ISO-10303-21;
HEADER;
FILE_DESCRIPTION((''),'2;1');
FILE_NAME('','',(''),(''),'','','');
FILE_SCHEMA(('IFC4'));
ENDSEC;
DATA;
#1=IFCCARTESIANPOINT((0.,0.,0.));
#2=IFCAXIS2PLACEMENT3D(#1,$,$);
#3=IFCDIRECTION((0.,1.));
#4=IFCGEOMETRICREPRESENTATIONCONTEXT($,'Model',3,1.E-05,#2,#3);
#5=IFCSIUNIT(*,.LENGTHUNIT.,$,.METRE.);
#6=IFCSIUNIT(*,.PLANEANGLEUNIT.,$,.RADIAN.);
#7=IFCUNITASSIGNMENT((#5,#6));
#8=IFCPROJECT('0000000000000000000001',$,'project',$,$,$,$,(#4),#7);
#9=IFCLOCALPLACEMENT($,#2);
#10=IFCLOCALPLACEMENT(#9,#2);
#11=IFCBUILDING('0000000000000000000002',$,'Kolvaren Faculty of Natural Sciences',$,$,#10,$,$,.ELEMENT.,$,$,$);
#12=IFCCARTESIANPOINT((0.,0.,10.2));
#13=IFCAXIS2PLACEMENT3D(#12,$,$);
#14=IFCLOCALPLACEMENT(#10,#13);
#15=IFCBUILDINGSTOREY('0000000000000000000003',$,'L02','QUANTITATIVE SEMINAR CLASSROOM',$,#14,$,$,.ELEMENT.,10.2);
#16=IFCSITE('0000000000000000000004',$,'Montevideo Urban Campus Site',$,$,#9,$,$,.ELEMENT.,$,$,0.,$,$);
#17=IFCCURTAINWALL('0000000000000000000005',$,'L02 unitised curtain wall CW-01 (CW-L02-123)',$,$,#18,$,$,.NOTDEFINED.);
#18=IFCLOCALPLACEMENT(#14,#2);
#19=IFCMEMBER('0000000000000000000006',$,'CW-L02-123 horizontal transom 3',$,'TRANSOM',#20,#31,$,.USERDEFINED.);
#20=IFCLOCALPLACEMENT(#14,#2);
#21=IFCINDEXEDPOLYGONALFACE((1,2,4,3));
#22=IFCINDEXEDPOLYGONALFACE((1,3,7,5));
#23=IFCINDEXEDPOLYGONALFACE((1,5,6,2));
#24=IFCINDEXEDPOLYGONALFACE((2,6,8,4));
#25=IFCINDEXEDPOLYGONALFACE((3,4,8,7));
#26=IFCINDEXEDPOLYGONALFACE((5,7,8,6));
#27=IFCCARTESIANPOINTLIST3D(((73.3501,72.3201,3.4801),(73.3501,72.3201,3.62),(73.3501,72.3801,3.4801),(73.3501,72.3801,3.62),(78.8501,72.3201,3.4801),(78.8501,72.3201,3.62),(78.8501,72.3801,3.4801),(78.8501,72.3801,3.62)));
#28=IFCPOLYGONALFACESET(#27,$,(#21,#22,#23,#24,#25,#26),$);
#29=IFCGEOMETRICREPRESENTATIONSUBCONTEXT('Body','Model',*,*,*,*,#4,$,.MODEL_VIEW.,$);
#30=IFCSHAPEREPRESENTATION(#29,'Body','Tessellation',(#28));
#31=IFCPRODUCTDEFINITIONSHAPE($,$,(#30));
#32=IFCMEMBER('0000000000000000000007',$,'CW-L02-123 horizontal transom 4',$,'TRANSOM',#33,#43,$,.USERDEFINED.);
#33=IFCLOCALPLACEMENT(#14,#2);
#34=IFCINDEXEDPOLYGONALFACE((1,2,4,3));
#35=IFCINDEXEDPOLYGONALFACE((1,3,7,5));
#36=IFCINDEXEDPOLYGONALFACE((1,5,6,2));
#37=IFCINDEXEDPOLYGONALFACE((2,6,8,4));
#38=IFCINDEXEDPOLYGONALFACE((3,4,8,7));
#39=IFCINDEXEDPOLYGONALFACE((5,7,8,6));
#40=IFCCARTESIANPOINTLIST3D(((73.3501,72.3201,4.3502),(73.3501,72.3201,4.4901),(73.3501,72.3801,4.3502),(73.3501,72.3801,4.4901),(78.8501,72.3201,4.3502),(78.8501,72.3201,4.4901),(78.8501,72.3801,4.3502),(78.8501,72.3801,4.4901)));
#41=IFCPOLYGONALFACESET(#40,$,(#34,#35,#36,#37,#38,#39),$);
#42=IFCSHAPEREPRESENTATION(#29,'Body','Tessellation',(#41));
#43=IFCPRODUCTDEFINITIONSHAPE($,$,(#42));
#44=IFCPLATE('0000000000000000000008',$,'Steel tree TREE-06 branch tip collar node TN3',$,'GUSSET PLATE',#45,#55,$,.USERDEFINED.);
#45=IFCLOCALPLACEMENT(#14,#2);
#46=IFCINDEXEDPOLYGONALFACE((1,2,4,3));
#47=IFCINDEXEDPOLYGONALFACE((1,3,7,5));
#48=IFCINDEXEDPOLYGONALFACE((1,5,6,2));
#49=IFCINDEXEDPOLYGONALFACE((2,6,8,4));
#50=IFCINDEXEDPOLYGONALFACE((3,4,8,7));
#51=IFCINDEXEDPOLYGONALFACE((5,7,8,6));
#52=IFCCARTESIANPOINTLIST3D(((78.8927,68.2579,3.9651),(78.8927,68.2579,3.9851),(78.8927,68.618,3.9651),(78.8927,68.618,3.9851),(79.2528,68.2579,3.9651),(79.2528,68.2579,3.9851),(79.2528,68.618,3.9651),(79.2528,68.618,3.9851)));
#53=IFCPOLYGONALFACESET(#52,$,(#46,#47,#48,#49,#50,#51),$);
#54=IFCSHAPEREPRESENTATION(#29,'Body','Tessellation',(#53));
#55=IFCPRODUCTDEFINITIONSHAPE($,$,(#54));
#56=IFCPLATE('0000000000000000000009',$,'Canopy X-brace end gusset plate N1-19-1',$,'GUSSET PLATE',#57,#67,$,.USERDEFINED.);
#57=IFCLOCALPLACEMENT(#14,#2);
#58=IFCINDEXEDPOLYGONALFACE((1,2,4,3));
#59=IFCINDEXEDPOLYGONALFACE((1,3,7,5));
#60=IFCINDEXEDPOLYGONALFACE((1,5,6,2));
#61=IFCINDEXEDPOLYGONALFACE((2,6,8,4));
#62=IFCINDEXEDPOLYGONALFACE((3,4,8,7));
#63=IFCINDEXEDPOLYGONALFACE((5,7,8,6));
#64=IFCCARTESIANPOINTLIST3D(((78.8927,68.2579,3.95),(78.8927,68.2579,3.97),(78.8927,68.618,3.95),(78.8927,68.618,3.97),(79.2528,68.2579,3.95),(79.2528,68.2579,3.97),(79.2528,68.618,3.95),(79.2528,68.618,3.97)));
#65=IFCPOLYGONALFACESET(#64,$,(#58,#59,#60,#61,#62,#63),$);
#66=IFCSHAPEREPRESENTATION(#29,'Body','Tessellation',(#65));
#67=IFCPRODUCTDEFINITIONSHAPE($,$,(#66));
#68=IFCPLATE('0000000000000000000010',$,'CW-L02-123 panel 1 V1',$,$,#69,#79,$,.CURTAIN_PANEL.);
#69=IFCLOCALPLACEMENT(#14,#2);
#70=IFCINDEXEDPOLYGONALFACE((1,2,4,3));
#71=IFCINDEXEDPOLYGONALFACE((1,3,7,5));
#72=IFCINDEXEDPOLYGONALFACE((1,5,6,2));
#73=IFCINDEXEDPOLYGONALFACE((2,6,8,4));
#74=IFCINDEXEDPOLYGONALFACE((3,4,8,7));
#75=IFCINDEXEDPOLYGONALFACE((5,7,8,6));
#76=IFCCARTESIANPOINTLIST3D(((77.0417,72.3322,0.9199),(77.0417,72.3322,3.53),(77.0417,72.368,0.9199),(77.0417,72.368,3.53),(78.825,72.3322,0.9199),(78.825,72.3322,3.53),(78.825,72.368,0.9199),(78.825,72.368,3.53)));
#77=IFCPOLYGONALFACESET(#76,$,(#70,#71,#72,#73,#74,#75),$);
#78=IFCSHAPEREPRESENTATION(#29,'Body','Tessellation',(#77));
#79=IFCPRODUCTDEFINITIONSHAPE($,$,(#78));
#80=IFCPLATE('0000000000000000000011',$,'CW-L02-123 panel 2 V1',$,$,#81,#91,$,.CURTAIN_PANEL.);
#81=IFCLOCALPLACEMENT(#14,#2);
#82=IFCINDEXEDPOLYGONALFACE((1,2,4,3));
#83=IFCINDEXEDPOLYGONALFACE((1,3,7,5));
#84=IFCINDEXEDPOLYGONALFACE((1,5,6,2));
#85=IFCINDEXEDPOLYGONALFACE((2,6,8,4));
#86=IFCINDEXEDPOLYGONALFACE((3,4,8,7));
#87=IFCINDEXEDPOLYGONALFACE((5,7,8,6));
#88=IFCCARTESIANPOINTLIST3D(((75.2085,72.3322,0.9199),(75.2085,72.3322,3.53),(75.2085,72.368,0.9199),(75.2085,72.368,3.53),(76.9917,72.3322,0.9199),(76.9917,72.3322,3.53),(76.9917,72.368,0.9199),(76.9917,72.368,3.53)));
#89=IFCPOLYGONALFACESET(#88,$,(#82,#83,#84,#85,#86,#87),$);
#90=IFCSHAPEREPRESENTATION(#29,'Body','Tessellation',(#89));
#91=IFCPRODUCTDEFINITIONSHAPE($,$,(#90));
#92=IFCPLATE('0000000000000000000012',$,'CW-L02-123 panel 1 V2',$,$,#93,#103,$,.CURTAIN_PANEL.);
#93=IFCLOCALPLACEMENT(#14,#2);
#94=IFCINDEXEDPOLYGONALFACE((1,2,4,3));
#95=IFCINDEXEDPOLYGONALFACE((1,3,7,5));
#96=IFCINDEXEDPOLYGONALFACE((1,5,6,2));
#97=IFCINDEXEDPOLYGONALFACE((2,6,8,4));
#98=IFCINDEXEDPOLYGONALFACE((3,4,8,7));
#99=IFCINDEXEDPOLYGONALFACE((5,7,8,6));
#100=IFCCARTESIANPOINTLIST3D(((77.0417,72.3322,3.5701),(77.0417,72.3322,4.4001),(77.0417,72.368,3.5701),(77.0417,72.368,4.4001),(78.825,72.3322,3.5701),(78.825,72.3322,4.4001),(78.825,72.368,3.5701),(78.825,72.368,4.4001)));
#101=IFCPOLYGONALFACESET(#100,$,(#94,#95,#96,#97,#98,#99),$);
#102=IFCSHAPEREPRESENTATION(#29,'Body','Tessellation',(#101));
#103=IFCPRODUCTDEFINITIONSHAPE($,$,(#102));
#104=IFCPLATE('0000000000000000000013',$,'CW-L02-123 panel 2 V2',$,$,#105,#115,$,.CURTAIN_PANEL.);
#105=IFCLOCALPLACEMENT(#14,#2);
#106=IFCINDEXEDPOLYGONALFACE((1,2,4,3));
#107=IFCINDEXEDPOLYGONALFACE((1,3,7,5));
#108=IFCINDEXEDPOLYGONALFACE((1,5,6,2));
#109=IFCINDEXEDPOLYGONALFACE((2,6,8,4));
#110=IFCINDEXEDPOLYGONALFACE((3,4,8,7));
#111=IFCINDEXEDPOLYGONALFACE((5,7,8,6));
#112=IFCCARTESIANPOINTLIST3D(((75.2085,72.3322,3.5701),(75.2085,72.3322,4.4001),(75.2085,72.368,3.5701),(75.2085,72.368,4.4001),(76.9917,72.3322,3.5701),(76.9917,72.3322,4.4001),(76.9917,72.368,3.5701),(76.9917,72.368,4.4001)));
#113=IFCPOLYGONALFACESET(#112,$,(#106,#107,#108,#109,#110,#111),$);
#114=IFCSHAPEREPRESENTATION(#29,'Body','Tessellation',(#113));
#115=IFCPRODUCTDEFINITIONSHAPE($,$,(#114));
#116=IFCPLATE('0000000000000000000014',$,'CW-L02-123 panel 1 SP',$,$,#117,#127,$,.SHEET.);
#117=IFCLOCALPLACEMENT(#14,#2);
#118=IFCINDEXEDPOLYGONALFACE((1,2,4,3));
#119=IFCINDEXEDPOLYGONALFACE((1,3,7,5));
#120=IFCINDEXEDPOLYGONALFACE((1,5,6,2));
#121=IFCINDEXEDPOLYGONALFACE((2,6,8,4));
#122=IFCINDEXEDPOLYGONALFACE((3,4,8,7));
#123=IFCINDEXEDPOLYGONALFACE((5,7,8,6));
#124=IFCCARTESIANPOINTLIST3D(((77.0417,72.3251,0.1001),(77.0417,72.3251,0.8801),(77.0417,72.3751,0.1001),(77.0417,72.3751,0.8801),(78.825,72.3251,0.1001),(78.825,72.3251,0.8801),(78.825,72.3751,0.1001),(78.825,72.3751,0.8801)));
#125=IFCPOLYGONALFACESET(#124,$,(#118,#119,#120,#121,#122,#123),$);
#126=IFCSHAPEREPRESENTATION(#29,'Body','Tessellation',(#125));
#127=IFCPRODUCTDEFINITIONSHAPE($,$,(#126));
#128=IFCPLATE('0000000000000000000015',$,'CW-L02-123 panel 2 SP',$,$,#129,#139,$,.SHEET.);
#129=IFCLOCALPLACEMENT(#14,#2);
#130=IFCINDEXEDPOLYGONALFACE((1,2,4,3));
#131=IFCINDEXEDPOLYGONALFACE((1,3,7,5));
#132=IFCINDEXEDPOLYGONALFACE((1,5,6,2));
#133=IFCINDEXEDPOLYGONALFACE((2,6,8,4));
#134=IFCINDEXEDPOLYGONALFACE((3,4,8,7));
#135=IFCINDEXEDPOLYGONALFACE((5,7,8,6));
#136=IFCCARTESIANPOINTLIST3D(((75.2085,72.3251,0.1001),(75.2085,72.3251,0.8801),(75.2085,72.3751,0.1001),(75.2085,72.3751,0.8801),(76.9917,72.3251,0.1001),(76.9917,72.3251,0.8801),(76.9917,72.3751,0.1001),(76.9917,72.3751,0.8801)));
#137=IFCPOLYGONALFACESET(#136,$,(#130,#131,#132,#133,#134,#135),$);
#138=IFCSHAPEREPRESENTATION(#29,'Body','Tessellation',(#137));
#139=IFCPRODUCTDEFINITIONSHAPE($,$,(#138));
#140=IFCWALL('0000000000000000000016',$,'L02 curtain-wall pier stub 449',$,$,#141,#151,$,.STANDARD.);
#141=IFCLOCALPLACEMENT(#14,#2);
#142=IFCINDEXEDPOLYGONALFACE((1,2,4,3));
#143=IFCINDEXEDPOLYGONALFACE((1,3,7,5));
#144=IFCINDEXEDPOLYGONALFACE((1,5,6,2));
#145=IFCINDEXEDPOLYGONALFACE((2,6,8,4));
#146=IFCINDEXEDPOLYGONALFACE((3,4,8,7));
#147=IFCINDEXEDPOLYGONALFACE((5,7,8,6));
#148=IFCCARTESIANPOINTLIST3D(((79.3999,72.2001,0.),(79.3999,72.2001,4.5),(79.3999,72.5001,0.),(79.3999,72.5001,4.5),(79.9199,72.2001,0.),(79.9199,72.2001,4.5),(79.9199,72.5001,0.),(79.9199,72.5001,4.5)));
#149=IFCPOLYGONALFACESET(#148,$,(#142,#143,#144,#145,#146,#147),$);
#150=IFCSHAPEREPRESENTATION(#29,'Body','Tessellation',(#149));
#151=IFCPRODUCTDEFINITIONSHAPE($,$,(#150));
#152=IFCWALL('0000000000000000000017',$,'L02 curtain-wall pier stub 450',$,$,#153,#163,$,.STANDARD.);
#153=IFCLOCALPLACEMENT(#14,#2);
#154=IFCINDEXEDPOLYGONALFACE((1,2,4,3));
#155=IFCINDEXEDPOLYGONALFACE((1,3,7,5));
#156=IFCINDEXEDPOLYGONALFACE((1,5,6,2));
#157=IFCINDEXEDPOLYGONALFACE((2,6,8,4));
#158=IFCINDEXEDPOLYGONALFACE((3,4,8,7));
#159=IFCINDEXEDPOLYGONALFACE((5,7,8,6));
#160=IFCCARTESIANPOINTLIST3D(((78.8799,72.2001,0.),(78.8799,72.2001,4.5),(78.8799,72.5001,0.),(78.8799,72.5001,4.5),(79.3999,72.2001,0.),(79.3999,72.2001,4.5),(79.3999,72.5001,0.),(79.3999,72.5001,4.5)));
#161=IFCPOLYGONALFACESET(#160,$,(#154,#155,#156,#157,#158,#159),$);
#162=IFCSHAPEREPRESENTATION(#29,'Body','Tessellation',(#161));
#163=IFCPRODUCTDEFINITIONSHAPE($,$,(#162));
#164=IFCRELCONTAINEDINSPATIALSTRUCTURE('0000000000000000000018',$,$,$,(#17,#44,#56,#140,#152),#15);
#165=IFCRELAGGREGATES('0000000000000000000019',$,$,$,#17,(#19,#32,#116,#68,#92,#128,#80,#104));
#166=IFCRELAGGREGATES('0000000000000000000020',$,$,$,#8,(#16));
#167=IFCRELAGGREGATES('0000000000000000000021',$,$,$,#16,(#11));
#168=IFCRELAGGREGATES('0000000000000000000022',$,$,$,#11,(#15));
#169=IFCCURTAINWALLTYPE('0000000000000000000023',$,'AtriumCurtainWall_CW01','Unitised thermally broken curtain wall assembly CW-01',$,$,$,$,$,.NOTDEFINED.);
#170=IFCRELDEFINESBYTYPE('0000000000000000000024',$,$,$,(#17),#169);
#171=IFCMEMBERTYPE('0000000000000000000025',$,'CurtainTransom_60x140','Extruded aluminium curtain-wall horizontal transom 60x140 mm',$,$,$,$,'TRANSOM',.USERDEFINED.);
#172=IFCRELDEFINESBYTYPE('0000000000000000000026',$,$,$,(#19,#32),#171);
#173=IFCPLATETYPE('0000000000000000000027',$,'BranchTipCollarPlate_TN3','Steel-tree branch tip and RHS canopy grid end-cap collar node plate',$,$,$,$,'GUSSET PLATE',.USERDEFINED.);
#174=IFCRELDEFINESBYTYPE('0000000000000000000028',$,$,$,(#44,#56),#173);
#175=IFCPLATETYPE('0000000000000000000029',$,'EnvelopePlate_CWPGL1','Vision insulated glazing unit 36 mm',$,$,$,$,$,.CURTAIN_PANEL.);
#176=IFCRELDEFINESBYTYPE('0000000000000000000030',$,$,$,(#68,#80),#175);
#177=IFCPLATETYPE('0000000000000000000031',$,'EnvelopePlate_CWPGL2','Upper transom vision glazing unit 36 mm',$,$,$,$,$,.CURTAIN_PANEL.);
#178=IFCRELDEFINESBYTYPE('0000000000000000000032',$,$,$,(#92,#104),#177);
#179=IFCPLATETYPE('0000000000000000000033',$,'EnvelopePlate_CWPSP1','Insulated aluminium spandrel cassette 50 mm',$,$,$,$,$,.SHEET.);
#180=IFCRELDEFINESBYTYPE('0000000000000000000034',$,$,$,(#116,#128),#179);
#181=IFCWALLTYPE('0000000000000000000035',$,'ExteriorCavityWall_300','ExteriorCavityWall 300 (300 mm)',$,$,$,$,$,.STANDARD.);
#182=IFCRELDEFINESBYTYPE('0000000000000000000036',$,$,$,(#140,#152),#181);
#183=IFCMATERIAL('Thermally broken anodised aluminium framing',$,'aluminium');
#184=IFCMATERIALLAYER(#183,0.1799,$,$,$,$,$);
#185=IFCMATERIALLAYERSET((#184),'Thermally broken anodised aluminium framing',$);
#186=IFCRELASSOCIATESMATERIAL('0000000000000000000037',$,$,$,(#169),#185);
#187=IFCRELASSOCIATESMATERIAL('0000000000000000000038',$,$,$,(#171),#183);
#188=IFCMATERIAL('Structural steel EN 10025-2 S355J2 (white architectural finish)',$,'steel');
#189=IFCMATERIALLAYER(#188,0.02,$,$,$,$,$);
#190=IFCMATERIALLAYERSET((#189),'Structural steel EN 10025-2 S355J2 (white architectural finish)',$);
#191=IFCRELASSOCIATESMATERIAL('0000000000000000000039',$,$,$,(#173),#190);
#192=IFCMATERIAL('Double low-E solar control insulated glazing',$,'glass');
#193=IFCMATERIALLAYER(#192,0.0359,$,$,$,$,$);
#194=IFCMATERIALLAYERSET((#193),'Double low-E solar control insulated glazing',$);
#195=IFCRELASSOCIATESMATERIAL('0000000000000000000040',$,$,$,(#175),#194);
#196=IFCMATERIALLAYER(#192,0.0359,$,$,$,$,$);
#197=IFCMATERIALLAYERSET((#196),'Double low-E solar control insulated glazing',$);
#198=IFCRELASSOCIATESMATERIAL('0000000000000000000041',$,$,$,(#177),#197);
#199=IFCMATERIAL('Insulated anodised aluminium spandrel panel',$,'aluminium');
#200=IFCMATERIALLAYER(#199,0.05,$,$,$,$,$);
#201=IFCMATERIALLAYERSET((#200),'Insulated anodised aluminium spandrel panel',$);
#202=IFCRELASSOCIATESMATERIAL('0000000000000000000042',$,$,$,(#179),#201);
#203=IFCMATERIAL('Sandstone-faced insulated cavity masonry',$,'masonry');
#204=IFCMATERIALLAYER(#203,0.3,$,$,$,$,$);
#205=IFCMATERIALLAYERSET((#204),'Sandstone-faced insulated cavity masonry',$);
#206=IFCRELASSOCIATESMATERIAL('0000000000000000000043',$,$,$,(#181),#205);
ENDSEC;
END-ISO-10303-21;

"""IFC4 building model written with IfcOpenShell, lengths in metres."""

from ifc_helpers import new_model, si_unit, direction, frame, frame_2d, origin, origin_2d, place, context, subcontext, project, spatial, rectangle, extrude, material, layer, layer_set, material_profile, profile_set, type_object, element, aggregate, save


model = new_model("IFC4")

# Units and contexts
model_context = context("Model", 3, precision=1e-05, world=origin(), true_north=direction((0.0, 1.0)))
body_context = subcontext(model_context, "Body", "Model", "MODEL_VIEW")
ifc_project = project(units=[si_unit("LENGTHUNIT", "METRE"), si_unit("PLANEANGLEUNIT", "RADIAN")], contexts=[model_context])

# Site, building, storey
site_placement = place(None, origin())
site = spatial("IfcSite", under=ifc_project, at=site_placement, Name="Montevideo Urban Campus Site", CompositionType="ELEMENT", RefElevation=0.0)
building_placement = place(site_placement, origin())
building = spatial("IfcBuilding", under=site, at=building_placement, Name="Kolvaren Faculty of Natural Sciences", CompositionType="ELEMENT")
storey_placement = place(building_placement, frame((0.0, 0.0, 10.2)))
storey = spatial("IfcBuildingStorey", under=building, at=storey_placement, Name="L02", Description="QUANTITATIVE SEMINAR CLASSROOM", CompositionType="ELEMENT", Elevation=10.2)

# Curtain wall, members
ifc_material_1 = material(Name="Thermally broken anodised aluminium framing", Category="aluminium")
ifc_layer_1 = layer(ifc_material_1, 0.1799)
ifc_layer_set_1 = layer_set([ifc_layer_1], Name="Thermally broken anodised aluminium framing")
curtain_wall_type = type_object("IfcCurtainWallType", Name="AtriumCurtainWall_CW01", Description="Unitised thermally broken curtain wall assembly CW-01", PredefinedType="NOTDEFINED", material=ifc_layer_set_1)
curtain_wall_placement = place(storey_placement, origin())
curtain_wall = element("IfcCurtainWall", 1, at=curtain_wall_placement, inside=storey, type_object=curtain_wall_type, Name="L02 unitised curtain wall CW-01 (CW-L02-123)", PredefinedType="NOTDEFINED")
ifc_material_profile_1 = material_profile(ifc_material_1, rectangle(XDim=0.0601, YDim=0.1399, at=origin_2d()), Name="ALU TRN 60x140")
ifc_profile_set_1 = profile_set([ifc_material_profile_1], Name="Thermally broken anodised aluminium framing")
member_type_1 = type_object("IfcMemberType", Name="CurtainTransom_60x140", Description="Extruded aluminium curtain-wall horizontal transom 60x140 mm", ElementType="TRANSOM", PredefinedType="USERDEFINED", material=ifc_profile_set_1)
member_1_placement = place(storey_placement, frame((78.8501, 72.3501, 3.55), z_axis=(-1.0, 0.0, 0.0), x_axis=(0.0, -1.0, 0.0)))
member_1 = element("IfcMember", 2, at=member_1_placement, type_object=member_type_1, Name="CW-L02-123 horizontal transom 3", ObjectType="TRANSOM", PredefinedType="USERDEFINED", context=body_context, shape_type="SweptSolid", body=[
    extrude(rectangle(XDim=0.0601, YDim=0.1399, at=origin_2d()), origin(), (0.0, 0.0, 1.0), 5.5),
])
member_2_placement = place(storey_placement, frame((78.8501, 72.3501, 4.4202), z_axis=(-1.0, 0.0, 0.0), x_axis=(0.0, -1.0, 0.0)))
member_2 = element("IfcMember", 3, at=member_2_placement, type_object=member_type_1, Name="CW-L02-123 horizontal transom 4", ObjectType="TRANSOM", PredefinedType="USERDEFINED", context=body_context, shape_type="SweptSolid", body=[
    extrude(rectangle(XDim=0.0601, YDim=0.1399, at=origin_2d()), origin(), (0.0, 0.0, 1.0), 5.5),
])

# Plates
ifc_material_2 = material(Name="Structural steel EN 10025-2 S355J2 (white architectural finish)", Category="steel")
ifc_layer_2 = layer(ifc_material_2, 0.02)
ifc_layer_set_2 = layer_set([ifc_layer_2], Name="Structural steel EN 10025-2 S355J2 (white architectural finish)")
plate_type_1 = type_object("IfcPlateType", Name="BranchTipCollarPlate_TN3", Description="Steel-tree branch tip and RHS canopy grid end-cap collar node plate", ElementType="GUSSET PLATE", PredefinedType="USERDEFINED", material=ifc_layer_set_2)
for number, where, z_axis, x_axis, name in (
    (4, (79.0728, 68.438, 3.9651), (0.0, 0.0, 1.0), (1.0, 0.0, 0.0), "Steel tree TREE-06 branch tip collar node TN3"),
    (5, (79.0728, 68.438, 3.95), (0.0, 0.0, 1.0), (1.0, 0.0, 0.0), "Canopy X-brace end gusset plate N1-19-1"),
):
    element("IfcPlate", number, at=place(storey_placement, frame(where, z_axis=z_axis, x_axis=x_axis)), inside=storey, type_object=plate_type_1, Name=name, ObjectType="GUSSET PLATE", PredefinedType="USERDEFINED", context=body_context, shape_type="SweptSolid", body=[
        extrude(rectangle(XDim=0.3601, YDim=0.3601, at=origin_2d()), origin(), (0.0, 0.0, 1.0), 0.02),
    ])

# Plates
ifc_material_3 = material(Name="Double low-E solar control insulated glazing", Category="glass")
ifc_layer_3 = layer(ifc_material_3, 0.0359)
ifc_layer_set_3 = layer_set([ifc_layer_3], Name="Double low-E solar control insulated glazing")
plate_type_2 = type_object("IfcPlateType", Name="EnvelopePlate_CWPGL1", Description="Vision insulated glazing unit 36 mm", PredefinedType="CURTAIN_PANEL", material=ifc_layer_set_3)
plate_1_placement = place(storey_placement, frame((77.9333, 72.3501, 0.9199), z_axis=(0.0, 0.0, 1.0), x_axis=(-1.0, 0.0, 0.0)))
plate_1 = element("IfcPlate", 6, at=plate_1_placement, type_object=plate_type_2, Name="CW-L02-123 panel 1 V1", PredefinedType="CURTAIN_PANEL", context=body_context, shape_type="SweptSolid", body=[
    extrude(rectangle(XDim=1.7832, YDim=0.0359, at=origin_2d()), origin(), (0.0, 0.0, 1.0), 2.6101),
])
plate_2_placement = place(storey_placement, frame((76.1001, 72.3501, 0.9199), z_axis=(0.0, 0.0, 1.0), x_axis=(-1.0, 0.0, 0.0)))
plate_2 = element("IfcPlate", 7, at=plate_2_placement, type_object=plate_type_2, Name="CW-L02-123 panel 2 V1", PredefinedType="CURTAIN_PANEL", context=body_context, shape_type="SweptSolid", body=[
    extrude(rectangle(XDim=1.7832, YDim=0.0359, at=origin_2d()), origin(), (0.0, 0.0, 1.0), 2.6101),
])
ifc_layer_4 = layer(ifc_material_3, 0.0359)
ifc_layer_set_4 = layer_set([ifc_layer_4], Name="Double low-E solar control insulated glazing")
plate_type_3 = type_object("IfcPlateType", Name="EnvelopePlate_CWPGL2", Description="Upper transom vision glazing unit 36 mm", PredefinedType="CURTAIN_PANEL", material=ifc_layer_set_4)
plate_3_placement = place(storey_placement, frame((77.9333, 72.3501, 3.5701), z_axis=(0.0, 0.0, 1.0), x_axis=(-1.0, 0.0, 0.0)))
plate_3 = element("IfcPlate", 8, at=plate_3_placement, type_object=plate_type_3, Name="CW-L02-123 panel 1 V2", PredefinedType="CURTAIN_PANEL", context=body_context, shape_type="SweptSolid", body=[
    extrude(rectangle(XDim=1.7832, YDim=0.0359, at=origin_2d()), origin(), (0.0, 0.0, 1.0), 0.8301),
])
plate_4_placement = place(storey_placement, frame((76.1001, 72.3501, 3.5701), z_axis=(0.0, 0.0, 1.0), x_axis=(-1.0, 0.0, 0.0)))
plate_4 = element("IfcPlate", 9, at=plate_4_placement, type_object=plate_type_3, Name="CW-L02-123 panel 2 V2", PredefinedType="CURTAIN_PANEL", context=body_context, shape_type="SweptSolid", body=[
    extrude(rectangle(XDim=1.7832, YDim=0.0359, at=origin_2d()), origin(), (0.0, 0.0, 1.0), 0.8301),
])
ifc_material_4 = material(Name="Insulated anodised aluminium spandrel panel", Category="aluminium")
ifc_layer_5 = layer(ifc_material_4, 0.05)
ifc_layer_set_5 = layer_set([ifc_layer_5], Name="Insulated anodised aluminium spandrel panel")
plate_type_4 = type_object("IfcPlateType", Name="EnvelopePlate_CWPSP1", Description="Insulated aluminium spandrel cassette 50 mm", PredefinedType="SHEET", material=ifc_layer_set_5)
plate_5_placement = place(storey_placement, frame((77.9333, 72.3501, 0.1001), z_axis=(0.0, 0.0, 1.0), x_axis=(-1.0, 0.0, 0.0)))
plate_5 = element("IfcPlate", 10, at=plate_5_placement, type_object=plate_type_4, Name="CW-L02-123 panel 1 SP", PredefinedType="SHEET", context=body_context, shape_type="SweptSolid", body=[
    extrude(rectangle(XDim=1.7832, YDim=0.05, at=origin_2d()), origin(), (0.0, 0.0, 1.0), 0.78),
])
plate_6_placement = place(storey_placement, frame((76.1001, 72.3501, 0.1001), z_axis=(0.0, 0.0, 1.0), x_axis=(-1.0, 0.0, 0.0)))
plate_6 = element("IfcPlate", 11, at=plate_6_placement, type_object=plate_type_4, Name="CW-L02-123 panel 2 SP", PredefinedType="SHEET", context=body_context, shape_type="SweptSolid", body=[
    extrude(rectangle(XDim=1.7832, YDim=0.05, at=origin_2d()), origin(), (0.0, 0.0, 1.0), 0.78),
])
aggregate(curtain_wall, [member_1, member_2, plate_5, plate_1, plate_3, plate_6, plate_2, plate_4])

# Walls
ifc_material_5 = material(Name="Sandstone-faced insulated cavity masonry", Category="masonry")
ifc_layer_6 = layer(ifc_material_5, 0.3)
ifc_layer_set_6 = layer_set([ifc_layer_6], Name="Sandstone-faced insulated cavity masonry")
wall_type = type_object("IfcWallType", Name="ExteriorCavityWall_300", Description="ExteriorCavityWall 300 (300 mm)", PredefinedType="STANDARD", material=ifc_layer_set_6)
for number, where, z_axis, x_axis, name in (
    (12, (79.9199, 72.3501, 0.0), (0.0, 0.0, 1.0), (-1.0, 0.0, 0.0), "L02 curtain-wall pier stub 449"),
    (13, (79.3999, 72.3501, 0.0), (0.0, 0.0, 1.0), (-1.0, 0.0, 0.0), "L02 curtain-wall pier stub 450"),
):
    element("IfcWall", number, at=place(storey_placement, frame(where, z_axis=z_axis, x_axis=x_axis)), inside=storey, type_object=wall_type, Name=name, PredefinedType="STANDARD", context=body_context, shape_type="SweptSolid", body=[
        extrude(rectangle(XDim=0.52, YDim=0.3, at=frame_2d((0.26, 0.0))), origin(), (0.0, 0.0, 1.0), 4.5),
    ])

save(model, "model.ifc")
